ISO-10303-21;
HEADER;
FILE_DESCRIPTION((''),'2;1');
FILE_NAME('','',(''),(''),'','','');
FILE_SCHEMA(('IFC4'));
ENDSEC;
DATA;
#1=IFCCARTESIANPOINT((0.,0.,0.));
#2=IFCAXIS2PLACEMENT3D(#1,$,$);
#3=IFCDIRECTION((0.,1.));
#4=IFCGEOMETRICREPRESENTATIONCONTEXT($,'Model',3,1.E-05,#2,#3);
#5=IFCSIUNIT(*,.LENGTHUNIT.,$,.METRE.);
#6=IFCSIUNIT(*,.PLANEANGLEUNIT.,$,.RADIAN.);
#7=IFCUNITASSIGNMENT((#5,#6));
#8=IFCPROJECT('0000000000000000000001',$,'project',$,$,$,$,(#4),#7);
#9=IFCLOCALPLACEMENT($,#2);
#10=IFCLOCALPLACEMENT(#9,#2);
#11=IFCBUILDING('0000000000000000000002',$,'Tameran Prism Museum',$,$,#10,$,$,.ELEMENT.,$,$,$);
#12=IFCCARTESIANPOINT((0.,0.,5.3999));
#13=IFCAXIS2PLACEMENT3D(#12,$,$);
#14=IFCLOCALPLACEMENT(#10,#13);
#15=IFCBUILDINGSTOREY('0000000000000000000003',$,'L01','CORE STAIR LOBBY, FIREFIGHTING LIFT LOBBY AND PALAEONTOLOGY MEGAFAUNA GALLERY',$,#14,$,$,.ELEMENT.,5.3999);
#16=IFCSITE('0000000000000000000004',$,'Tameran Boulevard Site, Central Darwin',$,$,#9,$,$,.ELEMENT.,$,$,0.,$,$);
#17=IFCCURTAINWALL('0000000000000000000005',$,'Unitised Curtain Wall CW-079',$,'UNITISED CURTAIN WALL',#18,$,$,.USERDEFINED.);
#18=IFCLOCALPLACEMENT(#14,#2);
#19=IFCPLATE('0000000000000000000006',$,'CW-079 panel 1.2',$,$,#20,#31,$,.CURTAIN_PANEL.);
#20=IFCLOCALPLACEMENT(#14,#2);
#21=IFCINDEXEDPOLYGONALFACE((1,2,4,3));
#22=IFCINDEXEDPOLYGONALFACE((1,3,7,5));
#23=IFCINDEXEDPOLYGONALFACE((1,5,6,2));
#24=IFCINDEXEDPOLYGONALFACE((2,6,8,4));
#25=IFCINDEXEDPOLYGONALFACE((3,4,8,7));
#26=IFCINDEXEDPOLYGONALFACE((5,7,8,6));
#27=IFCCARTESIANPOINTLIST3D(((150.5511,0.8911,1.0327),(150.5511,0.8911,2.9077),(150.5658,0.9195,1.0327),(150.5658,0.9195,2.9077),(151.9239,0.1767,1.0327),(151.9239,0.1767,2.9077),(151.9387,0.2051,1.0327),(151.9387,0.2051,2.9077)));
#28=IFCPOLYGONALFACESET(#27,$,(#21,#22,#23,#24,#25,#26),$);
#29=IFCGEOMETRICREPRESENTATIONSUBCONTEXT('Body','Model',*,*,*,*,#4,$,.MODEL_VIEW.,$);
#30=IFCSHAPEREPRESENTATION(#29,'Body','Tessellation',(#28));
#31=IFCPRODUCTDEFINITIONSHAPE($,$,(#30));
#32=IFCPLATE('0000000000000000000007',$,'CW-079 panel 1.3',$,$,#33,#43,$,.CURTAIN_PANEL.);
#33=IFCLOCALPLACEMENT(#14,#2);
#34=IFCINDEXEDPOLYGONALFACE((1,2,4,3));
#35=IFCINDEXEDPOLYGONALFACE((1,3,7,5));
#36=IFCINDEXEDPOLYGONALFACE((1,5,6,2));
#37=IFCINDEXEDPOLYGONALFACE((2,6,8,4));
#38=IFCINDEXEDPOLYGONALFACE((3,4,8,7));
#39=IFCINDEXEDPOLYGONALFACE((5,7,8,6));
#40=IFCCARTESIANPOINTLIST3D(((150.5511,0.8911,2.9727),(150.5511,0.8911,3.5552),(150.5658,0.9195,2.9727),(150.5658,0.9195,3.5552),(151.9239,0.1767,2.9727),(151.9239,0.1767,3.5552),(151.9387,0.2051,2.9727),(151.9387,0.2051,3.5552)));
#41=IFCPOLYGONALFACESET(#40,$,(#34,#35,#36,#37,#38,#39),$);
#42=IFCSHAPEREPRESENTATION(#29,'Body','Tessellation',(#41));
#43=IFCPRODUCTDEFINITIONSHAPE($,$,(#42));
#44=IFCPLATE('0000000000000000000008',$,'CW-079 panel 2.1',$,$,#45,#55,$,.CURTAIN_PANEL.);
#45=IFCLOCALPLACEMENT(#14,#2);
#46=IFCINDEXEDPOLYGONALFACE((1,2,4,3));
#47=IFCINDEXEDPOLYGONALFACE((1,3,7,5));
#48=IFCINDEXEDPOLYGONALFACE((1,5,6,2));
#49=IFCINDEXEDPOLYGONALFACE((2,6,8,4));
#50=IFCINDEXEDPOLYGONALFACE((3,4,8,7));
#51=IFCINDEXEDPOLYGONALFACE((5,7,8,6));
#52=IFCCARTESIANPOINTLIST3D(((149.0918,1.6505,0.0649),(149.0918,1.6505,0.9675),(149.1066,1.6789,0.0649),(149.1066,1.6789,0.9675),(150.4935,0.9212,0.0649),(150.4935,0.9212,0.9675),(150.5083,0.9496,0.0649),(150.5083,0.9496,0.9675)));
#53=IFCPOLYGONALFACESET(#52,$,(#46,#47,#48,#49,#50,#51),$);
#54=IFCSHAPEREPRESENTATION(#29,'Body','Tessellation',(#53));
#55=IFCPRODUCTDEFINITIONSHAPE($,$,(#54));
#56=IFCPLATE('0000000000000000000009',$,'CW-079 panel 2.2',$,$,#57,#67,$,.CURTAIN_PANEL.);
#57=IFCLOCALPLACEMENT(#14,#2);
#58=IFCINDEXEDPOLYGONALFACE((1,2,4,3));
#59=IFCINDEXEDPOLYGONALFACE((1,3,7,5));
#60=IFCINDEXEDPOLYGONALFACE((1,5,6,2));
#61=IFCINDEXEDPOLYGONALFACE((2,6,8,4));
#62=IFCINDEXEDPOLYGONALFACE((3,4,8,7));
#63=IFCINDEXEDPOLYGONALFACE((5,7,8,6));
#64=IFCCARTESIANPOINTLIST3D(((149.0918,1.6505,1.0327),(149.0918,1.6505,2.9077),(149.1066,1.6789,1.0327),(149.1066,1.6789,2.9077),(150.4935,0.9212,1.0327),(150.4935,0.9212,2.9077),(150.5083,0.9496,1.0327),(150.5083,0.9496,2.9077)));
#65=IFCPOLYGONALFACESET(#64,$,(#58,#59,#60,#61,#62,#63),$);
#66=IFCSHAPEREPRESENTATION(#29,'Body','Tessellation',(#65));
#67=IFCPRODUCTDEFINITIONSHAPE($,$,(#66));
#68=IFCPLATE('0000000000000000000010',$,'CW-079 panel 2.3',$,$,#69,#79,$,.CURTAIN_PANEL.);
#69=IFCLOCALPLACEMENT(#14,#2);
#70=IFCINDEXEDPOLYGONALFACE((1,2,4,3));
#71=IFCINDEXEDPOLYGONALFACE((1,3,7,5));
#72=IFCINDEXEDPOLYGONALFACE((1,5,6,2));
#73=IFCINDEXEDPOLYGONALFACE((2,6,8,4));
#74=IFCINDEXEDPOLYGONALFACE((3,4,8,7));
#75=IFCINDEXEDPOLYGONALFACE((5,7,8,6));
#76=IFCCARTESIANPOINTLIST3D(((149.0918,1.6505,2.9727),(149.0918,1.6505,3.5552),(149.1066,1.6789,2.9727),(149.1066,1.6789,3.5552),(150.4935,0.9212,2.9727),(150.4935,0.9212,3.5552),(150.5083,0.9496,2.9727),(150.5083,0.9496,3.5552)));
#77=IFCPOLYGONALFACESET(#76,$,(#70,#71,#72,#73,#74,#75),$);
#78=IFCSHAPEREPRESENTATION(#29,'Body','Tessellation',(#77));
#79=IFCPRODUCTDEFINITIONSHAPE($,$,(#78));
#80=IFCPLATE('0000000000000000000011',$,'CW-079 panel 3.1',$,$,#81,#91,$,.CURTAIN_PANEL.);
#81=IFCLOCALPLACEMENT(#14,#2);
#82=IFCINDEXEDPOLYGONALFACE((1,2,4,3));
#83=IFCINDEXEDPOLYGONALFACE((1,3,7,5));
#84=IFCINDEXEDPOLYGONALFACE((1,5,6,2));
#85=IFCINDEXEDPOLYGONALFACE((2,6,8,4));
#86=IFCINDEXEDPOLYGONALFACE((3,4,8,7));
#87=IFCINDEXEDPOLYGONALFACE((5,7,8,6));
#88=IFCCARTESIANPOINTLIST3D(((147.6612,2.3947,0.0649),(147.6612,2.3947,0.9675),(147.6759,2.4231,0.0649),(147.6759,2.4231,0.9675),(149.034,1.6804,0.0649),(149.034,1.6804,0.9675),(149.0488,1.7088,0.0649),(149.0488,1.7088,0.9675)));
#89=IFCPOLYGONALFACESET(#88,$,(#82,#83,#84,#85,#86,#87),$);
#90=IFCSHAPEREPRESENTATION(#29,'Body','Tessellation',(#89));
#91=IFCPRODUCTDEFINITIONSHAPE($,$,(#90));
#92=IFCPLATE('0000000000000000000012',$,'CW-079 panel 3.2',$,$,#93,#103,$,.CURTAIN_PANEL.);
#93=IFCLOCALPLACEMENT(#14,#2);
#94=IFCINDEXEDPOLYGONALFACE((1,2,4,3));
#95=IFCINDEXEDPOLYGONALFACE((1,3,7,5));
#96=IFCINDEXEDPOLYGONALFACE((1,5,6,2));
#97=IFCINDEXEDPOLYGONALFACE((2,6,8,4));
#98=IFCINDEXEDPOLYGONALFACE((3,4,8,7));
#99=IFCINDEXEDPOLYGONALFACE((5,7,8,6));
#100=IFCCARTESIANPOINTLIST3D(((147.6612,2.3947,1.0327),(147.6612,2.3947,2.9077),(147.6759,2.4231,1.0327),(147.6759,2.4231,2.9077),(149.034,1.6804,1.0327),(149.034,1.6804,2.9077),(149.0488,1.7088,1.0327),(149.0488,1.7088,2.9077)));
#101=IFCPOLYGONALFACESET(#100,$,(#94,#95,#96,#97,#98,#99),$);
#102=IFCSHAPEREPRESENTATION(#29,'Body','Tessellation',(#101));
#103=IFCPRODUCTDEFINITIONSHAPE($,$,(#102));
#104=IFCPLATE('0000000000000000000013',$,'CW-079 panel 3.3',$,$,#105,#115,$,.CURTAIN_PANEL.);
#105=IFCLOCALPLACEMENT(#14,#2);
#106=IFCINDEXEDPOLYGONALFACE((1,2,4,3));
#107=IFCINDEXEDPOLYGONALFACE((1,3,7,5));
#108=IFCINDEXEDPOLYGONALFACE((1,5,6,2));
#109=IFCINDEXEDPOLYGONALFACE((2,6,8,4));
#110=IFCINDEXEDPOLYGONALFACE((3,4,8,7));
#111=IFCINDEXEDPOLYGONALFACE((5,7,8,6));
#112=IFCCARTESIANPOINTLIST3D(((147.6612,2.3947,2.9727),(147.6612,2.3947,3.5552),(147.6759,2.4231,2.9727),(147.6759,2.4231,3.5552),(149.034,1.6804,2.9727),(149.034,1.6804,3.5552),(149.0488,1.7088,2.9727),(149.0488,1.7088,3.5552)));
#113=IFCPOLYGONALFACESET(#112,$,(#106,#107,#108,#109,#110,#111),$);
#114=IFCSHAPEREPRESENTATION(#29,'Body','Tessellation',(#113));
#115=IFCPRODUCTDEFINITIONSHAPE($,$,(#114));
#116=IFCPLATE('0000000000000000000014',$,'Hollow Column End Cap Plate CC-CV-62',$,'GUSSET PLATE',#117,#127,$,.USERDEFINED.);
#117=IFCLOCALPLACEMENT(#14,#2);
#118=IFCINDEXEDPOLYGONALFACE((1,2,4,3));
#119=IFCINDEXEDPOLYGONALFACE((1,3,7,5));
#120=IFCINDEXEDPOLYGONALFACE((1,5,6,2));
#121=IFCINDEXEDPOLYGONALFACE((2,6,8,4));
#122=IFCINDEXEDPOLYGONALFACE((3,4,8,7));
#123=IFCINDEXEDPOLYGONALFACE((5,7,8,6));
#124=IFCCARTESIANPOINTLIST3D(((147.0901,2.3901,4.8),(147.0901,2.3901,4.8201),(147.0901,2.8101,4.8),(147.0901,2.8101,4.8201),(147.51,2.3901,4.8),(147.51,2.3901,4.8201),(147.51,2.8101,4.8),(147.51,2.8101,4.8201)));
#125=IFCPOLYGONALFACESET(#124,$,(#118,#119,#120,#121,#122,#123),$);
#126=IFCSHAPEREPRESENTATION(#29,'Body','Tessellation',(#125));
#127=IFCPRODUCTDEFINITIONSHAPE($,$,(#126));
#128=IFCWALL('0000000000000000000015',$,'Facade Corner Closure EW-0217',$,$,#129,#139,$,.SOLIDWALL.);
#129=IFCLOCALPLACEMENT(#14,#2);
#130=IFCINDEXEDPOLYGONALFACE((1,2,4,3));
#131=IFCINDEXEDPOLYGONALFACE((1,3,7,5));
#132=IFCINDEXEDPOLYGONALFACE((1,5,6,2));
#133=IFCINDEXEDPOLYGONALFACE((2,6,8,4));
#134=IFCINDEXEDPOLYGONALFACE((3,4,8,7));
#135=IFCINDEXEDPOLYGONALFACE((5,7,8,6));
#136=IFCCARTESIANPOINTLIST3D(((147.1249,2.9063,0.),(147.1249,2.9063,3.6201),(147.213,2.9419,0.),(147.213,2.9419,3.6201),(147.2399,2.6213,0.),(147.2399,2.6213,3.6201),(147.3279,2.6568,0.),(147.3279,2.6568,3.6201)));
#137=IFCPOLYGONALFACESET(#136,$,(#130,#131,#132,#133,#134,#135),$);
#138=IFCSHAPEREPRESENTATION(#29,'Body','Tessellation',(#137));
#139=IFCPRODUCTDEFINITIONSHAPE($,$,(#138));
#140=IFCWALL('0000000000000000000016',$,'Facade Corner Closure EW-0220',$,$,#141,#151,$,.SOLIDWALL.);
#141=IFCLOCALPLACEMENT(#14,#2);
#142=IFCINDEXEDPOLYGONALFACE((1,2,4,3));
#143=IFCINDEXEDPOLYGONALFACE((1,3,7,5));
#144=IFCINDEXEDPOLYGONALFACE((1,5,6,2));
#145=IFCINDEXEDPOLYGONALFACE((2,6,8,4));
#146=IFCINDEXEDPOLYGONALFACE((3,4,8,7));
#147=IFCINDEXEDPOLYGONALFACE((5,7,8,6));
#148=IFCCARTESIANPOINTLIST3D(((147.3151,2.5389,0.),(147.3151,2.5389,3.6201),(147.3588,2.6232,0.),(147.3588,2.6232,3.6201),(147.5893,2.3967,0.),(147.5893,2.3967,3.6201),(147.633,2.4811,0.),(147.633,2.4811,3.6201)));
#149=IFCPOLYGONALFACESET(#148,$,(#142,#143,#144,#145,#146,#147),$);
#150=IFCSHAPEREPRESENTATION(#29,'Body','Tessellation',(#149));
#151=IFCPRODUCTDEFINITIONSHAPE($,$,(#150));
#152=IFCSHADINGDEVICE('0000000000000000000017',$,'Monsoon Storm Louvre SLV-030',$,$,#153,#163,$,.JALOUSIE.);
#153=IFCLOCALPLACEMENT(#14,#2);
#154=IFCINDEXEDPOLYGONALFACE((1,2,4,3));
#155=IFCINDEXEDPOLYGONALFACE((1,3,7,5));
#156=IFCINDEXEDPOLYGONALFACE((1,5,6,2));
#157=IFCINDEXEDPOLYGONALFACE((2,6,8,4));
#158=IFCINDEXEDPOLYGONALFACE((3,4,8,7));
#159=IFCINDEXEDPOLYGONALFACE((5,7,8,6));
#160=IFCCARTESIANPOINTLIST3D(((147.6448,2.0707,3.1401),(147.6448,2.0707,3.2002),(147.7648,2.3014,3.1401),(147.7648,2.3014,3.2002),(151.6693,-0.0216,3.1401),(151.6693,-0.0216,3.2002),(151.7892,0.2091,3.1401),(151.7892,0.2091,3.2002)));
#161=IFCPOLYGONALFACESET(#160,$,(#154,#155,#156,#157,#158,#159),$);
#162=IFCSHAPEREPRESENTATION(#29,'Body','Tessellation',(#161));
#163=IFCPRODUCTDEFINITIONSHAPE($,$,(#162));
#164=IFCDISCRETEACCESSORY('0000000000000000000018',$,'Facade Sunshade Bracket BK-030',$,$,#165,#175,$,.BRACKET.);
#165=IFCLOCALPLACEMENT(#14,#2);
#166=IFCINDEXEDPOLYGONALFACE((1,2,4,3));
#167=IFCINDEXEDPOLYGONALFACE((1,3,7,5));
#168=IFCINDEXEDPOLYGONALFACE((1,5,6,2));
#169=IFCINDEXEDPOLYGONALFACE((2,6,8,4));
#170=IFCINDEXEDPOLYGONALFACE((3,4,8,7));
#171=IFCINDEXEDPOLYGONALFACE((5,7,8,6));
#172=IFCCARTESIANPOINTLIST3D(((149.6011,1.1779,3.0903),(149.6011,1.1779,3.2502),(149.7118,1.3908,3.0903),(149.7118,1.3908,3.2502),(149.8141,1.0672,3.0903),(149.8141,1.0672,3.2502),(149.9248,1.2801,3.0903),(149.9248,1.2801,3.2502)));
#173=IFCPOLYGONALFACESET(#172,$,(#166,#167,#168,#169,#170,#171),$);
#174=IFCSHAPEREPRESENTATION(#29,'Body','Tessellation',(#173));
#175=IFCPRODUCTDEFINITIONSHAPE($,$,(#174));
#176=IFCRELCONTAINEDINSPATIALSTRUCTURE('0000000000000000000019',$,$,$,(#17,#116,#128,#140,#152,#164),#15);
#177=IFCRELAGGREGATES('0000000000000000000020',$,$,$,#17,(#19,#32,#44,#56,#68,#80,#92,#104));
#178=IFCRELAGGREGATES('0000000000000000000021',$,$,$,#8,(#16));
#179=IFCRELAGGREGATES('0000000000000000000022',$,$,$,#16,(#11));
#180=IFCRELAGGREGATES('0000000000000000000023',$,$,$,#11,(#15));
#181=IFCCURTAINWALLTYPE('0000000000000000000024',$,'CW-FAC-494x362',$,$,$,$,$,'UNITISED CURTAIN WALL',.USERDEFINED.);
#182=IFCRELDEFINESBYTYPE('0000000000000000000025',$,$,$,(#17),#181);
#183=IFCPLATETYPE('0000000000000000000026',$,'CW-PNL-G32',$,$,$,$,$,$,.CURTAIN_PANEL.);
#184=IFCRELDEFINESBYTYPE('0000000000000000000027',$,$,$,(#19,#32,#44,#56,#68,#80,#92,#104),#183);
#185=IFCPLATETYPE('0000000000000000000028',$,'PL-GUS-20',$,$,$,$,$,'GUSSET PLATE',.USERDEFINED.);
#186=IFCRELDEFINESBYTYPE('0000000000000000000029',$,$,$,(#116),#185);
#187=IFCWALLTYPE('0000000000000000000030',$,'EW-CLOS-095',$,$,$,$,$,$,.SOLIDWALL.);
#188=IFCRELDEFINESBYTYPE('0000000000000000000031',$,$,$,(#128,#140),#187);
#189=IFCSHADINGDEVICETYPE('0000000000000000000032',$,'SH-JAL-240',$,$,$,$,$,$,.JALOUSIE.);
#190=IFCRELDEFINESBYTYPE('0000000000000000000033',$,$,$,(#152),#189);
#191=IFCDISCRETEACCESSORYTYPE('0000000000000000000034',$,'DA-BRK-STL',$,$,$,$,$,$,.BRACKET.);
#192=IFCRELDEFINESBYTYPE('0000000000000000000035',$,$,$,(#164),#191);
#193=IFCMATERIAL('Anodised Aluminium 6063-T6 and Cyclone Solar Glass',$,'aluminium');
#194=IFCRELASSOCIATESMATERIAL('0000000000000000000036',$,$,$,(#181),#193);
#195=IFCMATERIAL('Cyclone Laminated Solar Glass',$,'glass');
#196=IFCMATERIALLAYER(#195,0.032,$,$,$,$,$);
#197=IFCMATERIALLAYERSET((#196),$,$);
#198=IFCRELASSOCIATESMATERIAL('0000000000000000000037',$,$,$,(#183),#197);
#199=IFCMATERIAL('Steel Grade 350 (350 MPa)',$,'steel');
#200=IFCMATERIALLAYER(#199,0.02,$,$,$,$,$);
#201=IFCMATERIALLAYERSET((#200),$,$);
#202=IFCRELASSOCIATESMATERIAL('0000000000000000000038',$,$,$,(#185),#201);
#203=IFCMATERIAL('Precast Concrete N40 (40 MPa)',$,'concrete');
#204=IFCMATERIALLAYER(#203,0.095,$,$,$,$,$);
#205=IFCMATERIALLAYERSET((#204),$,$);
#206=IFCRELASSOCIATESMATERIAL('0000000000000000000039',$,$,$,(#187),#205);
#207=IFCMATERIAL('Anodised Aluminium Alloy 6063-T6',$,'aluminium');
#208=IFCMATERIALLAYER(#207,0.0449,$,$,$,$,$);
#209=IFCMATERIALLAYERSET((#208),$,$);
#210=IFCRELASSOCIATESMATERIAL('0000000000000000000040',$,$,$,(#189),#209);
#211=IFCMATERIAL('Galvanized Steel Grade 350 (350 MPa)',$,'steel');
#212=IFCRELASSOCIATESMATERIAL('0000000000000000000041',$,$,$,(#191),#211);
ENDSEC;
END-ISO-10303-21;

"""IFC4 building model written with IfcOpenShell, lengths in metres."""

from ifc_helpers import new_model, si_unit, direction, frame, frame_2d, origin, origin_2d, place, context, subcontext, project, spatial, rectangle, extrude, material, layer, layer_set, type_object, element, aggregate, save


model = new_model("IFC4")

# Units and contexts
model_context = context("Model", 3, precision=1e-05, world=origin(), true_north=direction((0.0, 1.0)))
body_context = subcontext(model_context, "Body", "Model", "MODEL_VIEW")
ifc_project = project(units=[si_unit("LENGTHUNIT", "METRE"), si_unit("PLANEANGLEUNIT", "RADIAN")], contexts=[model_context])

# Site, building, storey
site_placement = place(None, origin())
site = spatial("IfcSite", under=ifc_project, at=site_placement, Name="Tameran Boulevard Site, Central Darwin", CompositionType="ELEMENT", RefElevation=0.0)
building_placement = place(site_placement, origin())
building = spatial("IfcBuilding", under=site, at=building_placement, Name="Tameran Prism Museum", CompositionType="ELEMENT")
storey_placement = place(building_placement, frame((0.0, 0.0, 5.3999)))
storey = spatial("IfcBuildingStorey", under=building, at=storey_placement, Name="L01", Description="CORE STAIR LOBBY, FIREFIGHTING LIFT LOBBY AND PALAEONTOLOGY MEGAFAUNA GALLERY", CompositionType="ELEMENT", Elevation=5.3999)

# Curtain wall
ifc_material_1 = material(Name="Anodised Aluminium 6063-T6 and Cyclone Solar Glass", Category="aluminium")
curtain_wall_type_1 = type_object("IfcCurtainWallType", Name="CW-FAC-494x362", ElementType="UNITISED CURTAIN WALL", PredefinedType="USERDEFINED", material=ifc_material_1)
curtain_wall_1_placement = place(storey_placement, origin())
curtain_wall_1 = element("IfcCurtainWall", 1, at=curtain_wall_1_placement, inside=storey, type_object=curtain_wall_type_1, Name="Unitised Curtain Wall CW-079", ObjectType="UNITISED CURTAIN WALL", PredefinedType="USERDEFINED")

# Plates
ifc_material_2 = material(Name="Cyclone Laminated Solar Glass", Category="glass")
ifc_layer_1 = layer(ifc_material_2, 0.032)
ifc_layer_set_1 = layer_set([ifc_layer_1])
plate_type_1 = type_object("IfcPlateType", Name="CW-PNL-G32", PredefinedType="CURTAIN_PANEL", material=ifc_layer_set_1)
plate_1_placement = place(storey_placement, frame((151.2449, 0.5481, 1.0327), z_axis=(0.0, 0.0, 1.0), x_axis=(-0.887097, 0.461582, 0.0)))
plate_1 = element("IfcPlate", 2, at=plate_1_placement, type_object=plate_type_1, Name="CW-079 panel 1.2", PredefinedType="CURTAIN_PANEL", context=body_context, shape_type="SweptSolid", body=[
    extrude(rectangle(XDim=1.5476, YDim=0.032, at=origin_2d()), origin(), (0.0, 0.0, 1.0), 1.875),
])
plate_2_placement = place(storey_placement, frame((151.2449, 0.5481, 2.9727), z_axis=(0.0, 0.0, 1.0), x_axis=(-0.887097, 0.461582, 0.0)))
plate_2 = element("IfcPlate", 3, at=plate_2_placement, type_object=plate_type_1, Name="CW-079 panel 1.3", PredefinedType="CURTAIN_PANEL", context=body_context, shape_type="SweptSolid", body=[
    extrude(rectangle(XDim=1.5476, YDim=0.032, at=origin_2d()), origin(), (0.0, 0.0, 1.0), 0.5825),
])
plate_3_placement = place(storey_placement, frame((149.8, 1.3, 0.0649), z_axis=(0.0, 0.0, 1.0), x_axis=(-0.887097, 0.461582, 0.0)))
plate_3 = element("IfcPlate", 4, at=plate_3_placement, type_object=plate_type_1, Name="CW-079 panel 2.1", PredefinedType="CURTAIN_PANEL", context=body_context, shape_type="SweptSolid", body=[
    extrude(rectangle(XDim=1.5801, YDim=0.032, at=origin_2d()), origin(), (0.0, 0.0, 1.0), 0.9026),
])
plate_4_placement = place(storey_placement, frame((149.8, 1.3, 1.0327), z_axis=(0.0, 0.0, 1.0), x_axis=(-0.887097, 0.461582, 0.0)))
plate_4 = element("IfcPlate", 5, at=plate_4_placement, type_object=plate_type_1, Name="CW-079 panel 2.2", PredefinedType="CURTAIN_PANEL", context=body_context, shape_type="SweptSolid", body=[
    extrude(rectangle(XDim=1.5801, YDim=0.032, at=origin_2d()), origin(), (0.0, 0.0, 1.0), 1.875),
])
plate_5_placement = place(storey_placement, frame((149.8, 1.3, 2.9727), z_axis=(0.0, 0.0, 1.0), x_axis=(-0.887097, 0.461582, 0.0)))
plate_5 = element("IfcPlate", 6, at=plate_5_placement, type_object=plate_type_1, Name="CW-079 panel 2.3", PredefinedType="CURTAIN_PANEL", context=body_context, shape_type="SweptSolid", body=[
    extrude(rectangle(XDim=1.5801, YDim=0.032, at=origin_2d()), origin(), (0.0, 0.0, 1.0), 0.5825),
])
plate_6_placement = place(storey_placement, frame((148.355, 2.0518, 0.0649), z_axis=(0.0, 0.0, 1.0), x_axis=(-0.887097, 0.461582, 0.0)))
plate_6 = element("IfcPlate", 7, at=plate_6_placement, type_object=plate_type_1, Name="CW-079 panel 3.1", PredefinedType="CURTAIN_PANEL", context=body_context, shape_type="SweptSolid", body=[
    extrude(rectangle(XDim=1.5476, YDim=0.032, at=origin_2d()), origin(), (0.0, 0.0, 1.0), 0.9026),
])
plate_7_placement = place(storey_placement, frame((148.355, 2.0518, 1.0327), z_axis=(0.0, 0.0, 1.0), x_axis=(-0.887097, 0.461582, 0.0)))
plate_7 = element("IfcPlate", 8, at=plate_7_placement, type_object=plate_type_1, Name="CW-079 panel 3.2", PredefinedType="CURTAIN_PANEL", context=body_context, shape_type="SweptSolid", body=[
    extrude(rectangle(XDim=1.5476, YDim=0.032, at=origin_2d()), origin(), (0.0, 0.0, 1.0), 1.875),
])
plate_8_placement = place(storey_placement, frame((148.355, 2.0518, 2.9727), z_axis=(0.0, 0.0, 1.0), x_axis=(-0.887097, 0.461582, 0.0)))
plate_8 = element("IfcPlate", 9, at=plate_8_placement, type_object=plate_type_1, Name="CW-079 panel 3.3", PredefinedType="CURTAIN_PANEL", context=body_context, shape_type="SweptSolid", body=[
    extrude(rectangle(XDim=1.5476, YDim=0.032, at=origin_2d()), origin(), (0.0, 0.0, 1.0), 0.5825),
])
aggregate(curtain_wall_1, [plate_1, plate_2, plate_3, plate_4, plate_5, plate_6, plate_7, plate_8])
ifc_material_3 = material(Name="Steel Grade 350 (350 MPa)", Category="steel")
ifc_layer_2 = layer(ifc_material_3, 0.02)
ifc_layer_set_2 = layer_set([ifc_layer_2])
plate_type_2 = type_object("IfcPlateType", Name="PL-GUS-20", ElementType="GUSSET PLATE", PredefinedType="USERDEFINED", material=ifc_layer_set_2)
plate_9_placement = place(storey_placement, frame((147.3, 2.6001, 4.8), z_axis=(0.0, 0.0, 1.0), x_axis=(1.0, 0.0, 0.0)))
element("IfcPlate", 10, at=plate_9_placement, inside=storey, type_object=plate_type_2, Name="Hollow Column End Cap Plate CC-CV-62", ObjectType="GUSSET PLATE", PredefinedType="USERDEFINED", context=body_context, shape_type="SweptSolid", body=[
    extrude(rectangle(XDim=0.4199, YDim=0.4199, at=origin_2d()), origin(), (0.0, 0.0, 1.0), 0.02),
])

# Walls
ifc_material_4 = material(Name="Precast Concrete N40 (40 MPa)", Category="concrete")
ifc_layer_3 = layer(ifc_material_4, 0.095)
ifc_layer_set_3 = layer_set([ifc_layer_3])
wall_type = type_object("IfcWallType", Name="EW-CLOS-095", PredefinedType="SOLIDWALL", material=ifc_layer_set_3)
wall_1_placement = place(storey_placement, frame((147.2839, 2.6389, 0.0), z_axis=(0.0, 0.0, 1.0), x_axis=(-0.37399, 0.927433, 0.0)))
element("IfcWall", 11, at=wall_1_placement, inside=storey, type_object=wall_type, Name="Facade Corner Closure EW-0217", PredefinedType="SOLIDWALL", context=body_context, shape_type="SweptSolid", body=[
    extrude(rectangle(XDim=0.3074, YDim=0.095, at=frame_2d((0.1538, 0.0))), origin(), (0.0, 0.0, 1.0), 3.6201),
])
wall_2_placement = place(storey_placement, frame((147.6111, 2.439, 0.0), z_axis=(0.0, 0.0, 1.0), x_axis=(-0.88785, 0.460133, 0.0)))
element("IfcWall", 12, at=wall_2_placement, inside=storey, type_object=wall_type, Name="Facade Corner Closure EW-0220", PredefinedType="SOLIDWALL", context=body_context, shape_type="SweptSolid", body=[
    extrude(rectangle(XDim=0.3088, YDim=0.095, at=frame_2d((0.1543, 0.0))), origin(), (0.0, 0.0, 1.0), 3.6201),
])

# Shading device
ifc_material_5 = material(Name="Anodised Aluminium Alloy 6063-T6", Category="aluminium")
ifc_layer_4 = layer(ifc_material_5, 0.0449)
ifc_layer_set_4 = layer_set([ifc_layer_4])
shading_device_type = type_object("IfcShadingDeviceType", Name="SH-JAL-240", PredefinedType="JALOUSIE", material=ifc_layer_set_4)
shading_device_placement = place(storey_placement, frame((149.717, 1.1399, 3.1401), z_axis=(0.0, 0.0, 1.0), x_axis=(-0.887252, 0.461284, 0.0)))
element("IfcShadingDevice", 13, at=shading_device_placement, inside=storey, type_object=shading_device_type, Name="Monsoon Storm Louvre SLV-030", PredefinedType="JALOUSIE", context=body_context, shape_type="SweptSolid", body=[
    extrude(rectangle(XDim=4.5359, YDim=0.26, at=origin_2d()), origin(), (0.0, 0.0, 1.0), 0.0601),
])

# Discrete accessory
ifc_material_6 = material(Name="Galvanized Steel Grade 350 (350 MPa)", Category="steel")
discrete_accessory_type = type_object("IfcDiscreteAccessoryType", Name="DA-BRK-STL", PredefinedType="BRACKET", material=ifc_material_6)
discrete_accessory_placement = place(storey_placement, frame((149.7629, 1.229, 3.0903), z_axis=(0.0, 0.0, 1.0), x_axis=(-0.887252, 0.461284, 0.0)))
element("IfcDiscreteAccessory", 14, at=discrete_accessory_placement, inside=storey, type_object=discrete_accessory_type, Name="Facade Sunshade Bracket BK-030", PredefinedType="BRACKET", context=body_context, shape_type="SweptSolid", body=[
    extrude(rectangle(XDim=0.24, YDim=0.24, at=origin_2d()), origin(), (0.0, 0.0, 1.0), 0.1599),
])

save(model, "model.ifc")
